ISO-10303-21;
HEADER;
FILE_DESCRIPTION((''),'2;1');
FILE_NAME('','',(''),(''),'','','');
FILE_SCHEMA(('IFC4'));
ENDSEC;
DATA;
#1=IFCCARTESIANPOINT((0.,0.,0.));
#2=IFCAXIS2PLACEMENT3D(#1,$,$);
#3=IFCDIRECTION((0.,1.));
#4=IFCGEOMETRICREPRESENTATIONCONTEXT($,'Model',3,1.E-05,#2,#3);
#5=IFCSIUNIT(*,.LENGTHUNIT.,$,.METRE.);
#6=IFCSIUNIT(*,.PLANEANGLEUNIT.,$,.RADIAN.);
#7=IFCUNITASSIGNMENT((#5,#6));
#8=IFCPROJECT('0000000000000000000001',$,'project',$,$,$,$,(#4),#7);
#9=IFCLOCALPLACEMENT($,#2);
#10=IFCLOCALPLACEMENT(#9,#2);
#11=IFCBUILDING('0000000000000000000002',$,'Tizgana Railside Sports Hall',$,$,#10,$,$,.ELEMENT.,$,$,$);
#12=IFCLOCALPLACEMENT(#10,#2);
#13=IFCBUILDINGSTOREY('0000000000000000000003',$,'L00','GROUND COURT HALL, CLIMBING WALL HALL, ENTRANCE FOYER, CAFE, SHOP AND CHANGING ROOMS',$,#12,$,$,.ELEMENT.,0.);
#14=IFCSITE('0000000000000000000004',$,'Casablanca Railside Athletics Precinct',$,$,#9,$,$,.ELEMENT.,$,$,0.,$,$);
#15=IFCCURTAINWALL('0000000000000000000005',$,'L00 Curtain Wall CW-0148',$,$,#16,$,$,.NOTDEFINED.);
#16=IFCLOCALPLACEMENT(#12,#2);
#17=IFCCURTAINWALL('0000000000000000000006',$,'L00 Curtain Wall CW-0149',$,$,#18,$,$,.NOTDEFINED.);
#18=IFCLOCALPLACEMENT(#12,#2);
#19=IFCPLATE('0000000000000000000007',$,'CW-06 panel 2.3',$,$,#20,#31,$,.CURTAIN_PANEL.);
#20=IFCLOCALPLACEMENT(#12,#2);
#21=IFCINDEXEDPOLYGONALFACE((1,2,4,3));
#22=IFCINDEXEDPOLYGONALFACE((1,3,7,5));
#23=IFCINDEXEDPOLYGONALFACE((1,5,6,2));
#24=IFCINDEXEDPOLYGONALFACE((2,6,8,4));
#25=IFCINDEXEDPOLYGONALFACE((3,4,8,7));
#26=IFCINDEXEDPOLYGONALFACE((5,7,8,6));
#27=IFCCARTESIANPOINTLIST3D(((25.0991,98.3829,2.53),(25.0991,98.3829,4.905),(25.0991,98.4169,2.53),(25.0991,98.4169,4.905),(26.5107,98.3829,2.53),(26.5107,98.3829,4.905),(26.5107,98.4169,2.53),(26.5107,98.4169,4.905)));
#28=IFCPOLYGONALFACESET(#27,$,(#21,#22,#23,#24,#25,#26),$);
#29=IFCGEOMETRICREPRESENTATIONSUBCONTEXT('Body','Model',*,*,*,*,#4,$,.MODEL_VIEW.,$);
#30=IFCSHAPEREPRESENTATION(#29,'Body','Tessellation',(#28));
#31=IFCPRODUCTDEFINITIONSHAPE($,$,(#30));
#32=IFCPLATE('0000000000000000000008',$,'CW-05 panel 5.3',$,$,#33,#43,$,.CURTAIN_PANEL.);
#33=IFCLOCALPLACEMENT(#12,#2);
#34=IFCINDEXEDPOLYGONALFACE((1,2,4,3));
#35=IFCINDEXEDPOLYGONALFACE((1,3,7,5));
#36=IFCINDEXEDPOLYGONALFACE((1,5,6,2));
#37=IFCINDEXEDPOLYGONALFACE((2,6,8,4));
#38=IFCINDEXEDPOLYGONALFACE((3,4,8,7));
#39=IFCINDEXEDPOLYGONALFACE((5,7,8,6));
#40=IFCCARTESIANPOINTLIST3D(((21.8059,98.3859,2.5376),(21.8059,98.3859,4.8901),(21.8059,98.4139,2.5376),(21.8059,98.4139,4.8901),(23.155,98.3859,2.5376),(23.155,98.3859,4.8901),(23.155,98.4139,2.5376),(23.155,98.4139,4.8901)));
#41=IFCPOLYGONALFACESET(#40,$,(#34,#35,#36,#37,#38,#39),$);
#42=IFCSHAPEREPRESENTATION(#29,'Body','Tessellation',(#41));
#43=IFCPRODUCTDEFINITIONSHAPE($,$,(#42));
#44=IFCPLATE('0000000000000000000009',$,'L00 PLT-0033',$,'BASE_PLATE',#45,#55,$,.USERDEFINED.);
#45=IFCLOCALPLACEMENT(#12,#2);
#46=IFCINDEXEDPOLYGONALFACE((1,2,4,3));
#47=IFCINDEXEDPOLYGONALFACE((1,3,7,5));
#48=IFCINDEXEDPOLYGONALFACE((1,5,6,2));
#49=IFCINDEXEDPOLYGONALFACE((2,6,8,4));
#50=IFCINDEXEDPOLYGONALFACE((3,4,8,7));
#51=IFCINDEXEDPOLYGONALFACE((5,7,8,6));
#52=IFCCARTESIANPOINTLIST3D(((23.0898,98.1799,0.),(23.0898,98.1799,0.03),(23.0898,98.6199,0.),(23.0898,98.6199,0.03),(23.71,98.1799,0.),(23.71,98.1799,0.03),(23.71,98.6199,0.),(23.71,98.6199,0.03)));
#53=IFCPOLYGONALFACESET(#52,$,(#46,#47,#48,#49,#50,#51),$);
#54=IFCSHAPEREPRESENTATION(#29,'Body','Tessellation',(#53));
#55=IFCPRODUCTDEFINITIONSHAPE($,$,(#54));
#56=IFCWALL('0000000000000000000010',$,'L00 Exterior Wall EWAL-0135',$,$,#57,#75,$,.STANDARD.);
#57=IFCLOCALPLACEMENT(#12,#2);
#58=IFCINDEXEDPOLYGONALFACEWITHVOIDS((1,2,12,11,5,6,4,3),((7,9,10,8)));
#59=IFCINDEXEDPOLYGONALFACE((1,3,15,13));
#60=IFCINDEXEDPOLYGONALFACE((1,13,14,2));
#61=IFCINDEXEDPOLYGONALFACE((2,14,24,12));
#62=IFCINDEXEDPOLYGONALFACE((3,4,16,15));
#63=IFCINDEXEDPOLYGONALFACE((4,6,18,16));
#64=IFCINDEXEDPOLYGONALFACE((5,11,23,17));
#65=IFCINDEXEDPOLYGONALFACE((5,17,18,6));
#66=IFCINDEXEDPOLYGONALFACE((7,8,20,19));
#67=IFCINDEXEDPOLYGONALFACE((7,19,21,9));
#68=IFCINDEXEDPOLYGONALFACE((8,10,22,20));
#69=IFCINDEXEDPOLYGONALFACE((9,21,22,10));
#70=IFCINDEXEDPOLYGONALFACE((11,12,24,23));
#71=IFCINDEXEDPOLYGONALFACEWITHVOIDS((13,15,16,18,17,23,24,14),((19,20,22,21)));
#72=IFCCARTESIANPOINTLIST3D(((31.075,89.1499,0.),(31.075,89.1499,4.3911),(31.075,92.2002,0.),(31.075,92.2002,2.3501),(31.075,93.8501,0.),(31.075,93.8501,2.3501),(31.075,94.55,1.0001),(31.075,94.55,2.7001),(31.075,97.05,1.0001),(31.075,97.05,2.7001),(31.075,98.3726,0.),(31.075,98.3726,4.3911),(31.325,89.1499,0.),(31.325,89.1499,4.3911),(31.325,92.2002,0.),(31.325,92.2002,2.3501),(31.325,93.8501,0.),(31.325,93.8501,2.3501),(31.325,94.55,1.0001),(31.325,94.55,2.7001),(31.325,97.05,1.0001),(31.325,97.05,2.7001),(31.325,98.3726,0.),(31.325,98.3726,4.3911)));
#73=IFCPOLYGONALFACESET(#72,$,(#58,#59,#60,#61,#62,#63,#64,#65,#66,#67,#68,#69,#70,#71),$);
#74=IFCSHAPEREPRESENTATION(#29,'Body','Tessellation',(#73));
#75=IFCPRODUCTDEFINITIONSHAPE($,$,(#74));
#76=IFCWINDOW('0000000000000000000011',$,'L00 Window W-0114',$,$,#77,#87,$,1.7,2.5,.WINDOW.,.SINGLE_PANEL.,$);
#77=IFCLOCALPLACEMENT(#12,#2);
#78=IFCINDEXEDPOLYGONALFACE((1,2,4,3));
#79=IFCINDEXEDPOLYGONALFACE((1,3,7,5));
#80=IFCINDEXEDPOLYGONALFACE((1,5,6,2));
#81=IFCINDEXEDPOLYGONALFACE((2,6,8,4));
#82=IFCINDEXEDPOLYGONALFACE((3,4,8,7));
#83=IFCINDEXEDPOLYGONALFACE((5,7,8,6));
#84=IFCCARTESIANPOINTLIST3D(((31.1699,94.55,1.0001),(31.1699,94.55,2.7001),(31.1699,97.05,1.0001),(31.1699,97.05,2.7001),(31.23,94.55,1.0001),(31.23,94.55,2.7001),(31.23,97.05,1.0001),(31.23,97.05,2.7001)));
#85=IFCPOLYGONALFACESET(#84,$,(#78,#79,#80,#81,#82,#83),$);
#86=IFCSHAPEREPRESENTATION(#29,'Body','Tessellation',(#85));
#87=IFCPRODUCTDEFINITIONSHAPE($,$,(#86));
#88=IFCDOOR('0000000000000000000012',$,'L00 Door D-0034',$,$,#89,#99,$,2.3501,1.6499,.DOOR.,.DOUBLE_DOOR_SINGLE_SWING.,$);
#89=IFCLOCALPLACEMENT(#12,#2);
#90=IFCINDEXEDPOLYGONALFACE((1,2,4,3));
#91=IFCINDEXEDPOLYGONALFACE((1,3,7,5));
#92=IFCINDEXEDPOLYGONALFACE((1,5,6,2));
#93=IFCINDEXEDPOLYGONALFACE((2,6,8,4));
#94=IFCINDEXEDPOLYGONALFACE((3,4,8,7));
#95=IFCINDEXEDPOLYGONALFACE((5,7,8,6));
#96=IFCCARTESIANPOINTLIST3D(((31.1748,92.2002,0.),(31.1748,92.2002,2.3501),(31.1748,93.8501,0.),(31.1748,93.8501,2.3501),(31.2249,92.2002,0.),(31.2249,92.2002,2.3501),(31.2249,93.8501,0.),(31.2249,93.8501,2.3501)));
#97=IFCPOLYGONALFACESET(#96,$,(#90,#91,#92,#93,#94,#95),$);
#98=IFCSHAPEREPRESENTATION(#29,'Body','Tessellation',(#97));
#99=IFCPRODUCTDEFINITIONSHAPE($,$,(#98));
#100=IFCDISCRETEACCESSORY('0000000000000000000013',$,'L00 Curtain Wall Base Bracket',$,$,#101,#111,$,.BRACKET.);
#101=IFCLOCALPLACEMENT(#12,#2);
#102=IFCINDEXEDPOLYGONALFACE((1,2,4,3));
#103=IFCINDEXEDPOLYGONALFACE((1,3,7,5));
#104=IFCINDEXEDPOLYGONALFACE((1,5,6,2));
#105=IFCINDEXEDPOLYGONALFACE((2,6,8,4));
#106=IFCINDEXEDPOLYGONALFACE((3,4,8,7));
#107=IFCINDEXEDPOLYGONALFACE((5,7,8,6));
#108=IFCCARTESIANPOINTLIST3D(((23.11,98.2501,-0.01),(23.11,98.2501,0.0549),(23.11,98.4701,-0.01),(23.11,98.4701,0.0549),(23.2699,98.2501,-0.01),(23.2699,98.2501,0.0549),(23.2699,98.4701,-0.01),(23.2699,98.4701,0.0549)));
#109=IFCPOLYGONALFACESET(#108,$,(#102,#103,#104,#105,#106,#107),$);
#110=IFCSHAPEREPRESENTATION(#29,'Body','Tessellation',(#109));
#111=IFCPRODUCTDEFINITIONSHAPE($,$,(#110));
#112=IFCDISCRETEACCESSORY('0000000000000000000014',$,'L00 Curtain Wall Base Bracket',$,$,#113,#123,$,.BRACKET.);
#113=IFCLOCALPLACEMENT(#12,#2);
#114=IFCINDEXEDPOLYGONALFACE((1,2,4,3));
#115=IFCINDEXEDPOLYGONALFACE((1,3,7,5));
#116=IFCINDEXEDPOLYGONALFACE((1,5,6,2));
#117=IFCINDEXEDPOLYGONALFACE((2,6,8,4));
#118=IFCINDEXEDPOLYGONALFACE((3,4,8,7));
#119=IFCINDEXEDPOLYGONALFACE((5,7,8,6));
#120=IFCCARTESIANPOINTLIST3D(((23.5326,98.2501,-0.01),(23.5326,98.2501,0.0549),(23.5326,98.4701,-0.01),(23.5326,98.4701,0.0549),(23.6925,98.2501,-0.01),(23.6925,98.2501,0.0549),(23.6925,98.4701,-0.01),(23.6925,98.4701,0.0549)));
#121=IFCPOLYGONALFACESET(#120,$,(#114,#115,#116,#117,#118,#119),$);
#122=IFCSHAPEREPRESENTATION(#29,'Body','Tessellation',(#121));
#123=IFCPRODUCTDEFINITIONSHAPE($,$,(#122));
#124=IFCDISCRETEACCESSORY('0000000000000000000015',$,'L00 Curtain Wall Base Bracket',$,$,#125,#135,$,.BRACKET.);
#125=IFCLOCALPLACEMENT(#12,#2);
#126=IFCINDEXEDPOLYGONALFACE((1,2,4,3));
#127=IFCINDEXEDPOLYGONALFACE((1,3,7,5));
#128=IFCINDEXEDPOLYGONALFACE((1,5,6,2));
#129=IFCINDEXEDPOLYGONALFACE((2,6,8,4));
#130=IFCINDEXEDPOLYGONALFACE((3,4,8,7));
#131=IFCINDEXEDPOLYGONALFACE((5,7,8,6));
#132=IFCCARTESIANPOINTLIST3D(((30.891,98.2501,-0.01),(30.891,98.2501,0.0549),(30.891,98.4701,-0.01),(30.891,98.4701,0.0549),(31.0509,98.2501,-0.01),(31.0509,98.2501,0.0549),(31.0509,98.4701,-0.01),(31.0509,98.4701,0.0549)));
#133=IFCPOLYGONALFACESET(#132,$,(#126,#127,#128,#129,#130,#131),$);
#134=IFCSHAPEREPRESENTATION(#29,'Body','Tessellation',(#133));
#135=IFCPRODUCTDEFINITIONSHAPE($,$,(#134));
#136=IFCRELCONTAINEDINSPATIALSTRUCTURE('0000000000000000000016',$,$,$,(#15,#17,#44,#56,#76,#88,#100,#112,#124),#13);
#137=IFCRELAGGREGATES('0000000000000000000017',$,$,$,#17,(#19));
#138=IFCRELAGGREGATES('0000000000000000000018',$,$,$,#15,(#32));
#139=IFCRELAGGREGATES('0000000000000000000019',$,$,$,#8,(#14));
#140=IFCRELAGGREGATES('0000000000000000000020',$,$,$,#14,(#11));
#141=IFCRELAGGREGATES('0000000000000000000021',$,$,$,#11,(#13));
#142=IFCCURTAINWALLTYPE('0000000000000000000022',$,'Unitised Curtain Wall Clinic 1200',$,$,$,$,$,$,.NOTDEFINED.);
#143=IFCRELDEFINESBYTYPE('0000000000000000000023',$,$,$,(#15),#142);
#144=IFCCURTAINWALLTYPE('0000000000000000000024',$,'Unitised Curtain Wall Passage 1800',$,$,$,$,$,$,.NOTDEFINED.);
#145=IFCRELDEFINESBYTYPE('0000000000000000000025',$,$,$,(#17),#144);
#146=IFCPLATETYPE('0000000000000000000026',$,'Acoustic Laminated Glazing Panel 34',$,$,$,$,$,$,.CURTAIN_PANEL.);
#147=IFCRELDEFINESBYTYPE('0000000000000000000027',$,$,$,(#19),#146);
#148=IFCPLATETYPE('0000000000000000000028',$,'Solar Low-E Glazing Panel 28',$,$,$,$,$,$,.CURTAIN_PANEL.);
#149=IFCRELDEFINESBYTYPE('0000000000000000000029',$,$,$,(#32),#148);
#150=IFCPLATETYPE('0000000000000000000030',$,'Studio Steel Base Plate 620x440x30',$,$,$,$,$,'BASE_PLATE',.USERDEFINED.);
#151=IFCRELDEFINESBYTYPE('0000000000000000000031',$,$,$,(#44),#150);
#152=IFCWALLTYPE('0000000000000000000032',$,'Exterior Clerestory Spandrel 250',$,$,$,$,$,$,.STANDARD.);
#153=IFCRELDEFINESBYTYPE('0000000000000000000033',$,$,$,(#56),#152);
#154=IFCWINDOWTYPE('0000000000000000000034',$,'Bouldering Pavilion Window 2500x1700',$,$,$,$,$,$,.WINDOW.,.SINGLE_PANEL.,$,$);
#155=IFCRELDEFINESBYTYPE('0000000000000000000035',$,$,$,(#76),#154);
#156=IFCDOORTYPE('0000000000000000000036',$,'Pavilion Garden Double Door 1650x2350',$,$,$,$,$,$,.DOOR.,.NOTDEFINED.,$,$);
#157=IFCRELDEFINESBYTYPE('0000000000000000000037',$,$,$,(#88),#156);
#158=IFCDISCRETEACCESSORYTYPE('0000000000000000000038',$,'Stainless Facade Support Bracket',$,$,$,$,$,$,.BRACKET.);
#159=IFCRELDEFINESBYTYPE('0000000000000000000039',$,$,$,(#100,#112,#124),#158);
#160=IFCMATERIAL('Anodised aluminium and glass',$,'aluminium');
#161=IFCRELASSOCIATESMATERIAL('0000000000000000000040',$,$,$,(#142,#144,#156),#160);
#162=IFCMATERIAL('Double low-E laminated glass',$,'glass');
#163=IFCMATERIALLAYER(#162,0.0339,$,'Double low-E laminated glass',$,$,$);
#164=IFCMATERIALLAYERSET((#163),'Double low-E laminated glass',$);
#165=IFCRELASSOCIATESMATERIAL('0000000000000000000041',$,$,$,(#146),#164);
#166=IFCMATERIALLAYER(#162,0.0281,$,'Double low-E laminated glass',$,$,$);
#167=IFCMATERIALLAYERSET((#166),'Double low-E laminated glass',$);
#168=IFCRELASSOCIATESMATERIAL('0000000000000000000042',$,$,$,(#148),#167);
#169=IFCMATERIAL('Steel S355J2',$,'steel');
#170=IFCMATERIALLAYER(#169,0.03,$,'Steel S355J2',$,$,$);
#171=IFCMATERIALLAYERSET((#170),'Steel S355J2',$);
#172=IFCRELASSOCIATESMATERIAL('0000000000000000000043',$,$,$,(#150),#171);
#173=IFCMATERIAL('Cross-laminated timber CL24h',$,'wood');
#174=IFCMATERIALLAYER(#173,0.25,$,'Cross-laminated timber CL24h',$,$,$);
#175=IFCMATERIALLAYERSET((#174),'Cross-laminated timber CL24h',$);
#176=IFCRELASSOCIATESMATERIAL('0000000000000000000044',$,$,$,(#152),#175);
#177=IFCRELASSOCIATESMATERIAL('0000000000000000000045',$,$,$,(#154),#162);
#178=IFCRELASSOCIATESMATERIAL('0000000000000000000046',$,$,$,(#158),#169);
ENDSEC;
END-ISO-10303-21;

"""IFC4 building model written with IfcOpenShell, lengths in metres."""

from ifc_helpers import new_model, si_unit, direction, frame, frame_2d, origin, origin_2d, place, context, subcontext, project, spatial, rectangle, extrude, material, layer, layer_set, type_object, element, fill, aggregate, save


model = new_model("IFC4")

# Units and contexts
model_context = context("Model", 3, precision=1e-05, world=origin(), true_north=direction((0.0, 1.0)))
body_context = subcontext(model_context, "Body", "Model", "MODEL_VIEW")
ifc_project = project(units=[si_unit("LENGTHUNIT", "METRE"), si_unit("PLANEANGLEUNIT", "RADIAN")], contexts=[model_context])

# Site, building, storey
site_placement = place(None, origin())
site = spatial("IfcSite", under=ifc_project, at=site_placement, Name="Casablanca Railside Athletics Precinct", CompositionType="ELEMENT", RefElevation=0.0)
building_placement = place(site_placement, origin())
building = spatial("IfcBuilding", under=site, at=building_placement, Name="Tizgana Railside Sports Hall", CompositionType="ELEMENT")
storey_placement = place(building_placement, origin())
storey = spatial("IfcBuildingStorey", under=building, at=storey_placement, Name="L00", Description="GROUND COURT HALL, CLIMBING WALL HALL, ENTRANCE FOYER, CAFE, SHOP AND CHANGING ROOMS", CompositionType="ELEMENT", Elevation=0.0)

# Shared definitions
ifc_material_1 = material(Name="Steel S355J2", Category="steel")

# Curtain wall
ifc_material_2 = material(Name="Anodised aluminium and glass", Category="aluminium")
curtain_wall_type_1 = type_object("IfcCurtainWallType", Name="Unitised Curtain Wall Clinic 1200", PredefinedType="NOTDEFINED", material=ifc_material_2)
curtain_wall_1_placement = place(storey_placement, origin())
curtain_wall_1 = element("IfcCurtainWall", 1, at=curtain_wall_1_placement, inside=storey, type_object=curtain_wall_type_1, Name="L00 Curtain Wall CW-0148", PredefinedType="NOTDEFINED")

# Curtain wall
curtain_wall_type_2 = type_object("IfcCurtainWallType", Name="Unitised Curtain Wall Passage 1800", PredefinedType="NOTDEFINED", material=ifc_material_2)
curtain_wall_2_placement = place(storey_placement, origin())
curtain_wall_2 = element("IfcCurtainWall", 2, at=curtain_wall_2_placement, inside=storey, type_object=curtain_wall_type_2, Name="L00 Curtain Wall CW-0149", PredefinedType="NOTDEFINED")

# Plates
ifc_material_3 = material(Name="Double low-E laminated glass", Category="glass")
ifc_layer_1 = layer(ifc_material_3, 0.0339, Name="Double low-E laminated glass")
ifc_layer_set_1 = layer_set([ifc_layer_1], Name="Double low-E laminated glass")
plate_type_1 = type_object("IfcPlateType", Name="Acoustic Laminated Glazing Panel 34", PredefinedType="CURTAIN_PANEL", material=ifc_layer_set_1)
plate_1_placement = place(storey_placement, frame((25.8049, 98.3999, 2.53), z_axis=(0.0, 0.0, 1.0), x_axis=(1.0, 0.0, 0.0)))
plate_1 = element("IfcPlate", 3, at=plate_1_placement, type_object=plate_type_1, Name="CW-06 panel 2.3", PredefinedType="CURTAIN_PANEL", context=body_context, shape_type="SweptSolid", body=[
    extrude(rectangle(XDim=1.4116, YDim=0.0339, at=origin_2d()), origin(), (0.0, 0.0, 1.0), 2.375),
])
aggregate(curtain_wall_2, [plate_1])
ifc_layer_2 = layer(ifc_material_3, 0.0281, Name="Double low-E laminated glass")
ifc_layer_set_2 = layer_set([ifc_layer_2], Name="Double low-E laminated glass")
plate_type_2 = type_object("IfcPlateType", Name="Solar Low-E Glazing Panel 28", PredefinedType="CURTAIN_PANEL", material=ifc_layer_set_2)
plate_2_placement = place(storey_placement, frame((22.4805, 98.3999, 2.5376), z_axis=(0.0, 0.0, 1.0), x_axis=(1.0, 0.0, 0.0)))
plate_2 = element("IfcPlate", 4, at=plate_2_placement, type_object=plate_type_2, Name="CW-05 panel 5.3", PredefinedType="CURTAIN_PANEL", context=body_context, shape_type="SweptSolid", body=[
    extrude(rectangle(XDim=1.3491, YDim=0.0281, at=origin_2d()), origin(), (0.0, 0.0, 1.0), 2.3525),
])
aggregate(curtain_wall_1, [plate_2])
ifc_layer_3 = layer(ifc_material_1, 0.03, Name="Steel S355J2")
ifc_layer_set_3 = layer_set([ifc_layer_3], Name="Steel S355J2")
plate_type_3 = type_object("IfcPlateType", Name="Studio Steel Base Plate 620x440x30", ElementType="BASE_PLATE", PredefinedType="USERDEFINED", material=ifc_layer_set_3)
plate_3_placement = place(storey_placement, frame((23.3999, 98.3999, 0.0), z_axis=(0.0, 0.0, 1.0), x_axis=(1.0, 0.0, 0.0)))
element("IfcPlate", 5, at=plate_3_placement, inside=storey, type_object=plate_type_3, Name="L00 PLT-0033", ObjectType="BASE_PLATE", PredefinedType="USERDEFINED", context=body_context, shape_type="SweptSolid", body=[
    extrude(rectangle(XDim=0.6201, YDim=0.4399, at=origin_2d()), origin(), (0.0, 0.0, 1.0), 0.03),
])

# Wall, openings, window, door
ifc_material_4 = material(Name="Cross-laminated timber CL24h", Category="wood")
ifc_layer_4 = layer(ifc_material_4, 0.25, Name="Cross-laminated timber CL24h")
ifc_layer_set_4 = layer_set([ifc_layer_4], Name="Cross-laminated timber CL24h")
wall_type = type_object("IfcWallType", Name="Exterior Clerestory Spandrel 250", PredefinedType="STANDARD", material=ifc_layer_set_4)
wall_placement = place(storey_placement, frame((31.2, 98.3726, 0.0), z_axis=(0.0, 0.0, 1.0), x_axis=(0.0, -1.0, 0.0)))
wall = element("IfcWall", 6, at=wall_placement, inside=storey, type_object=wall_type, Name="L00 Exterior Wall EWAL-0135", PredefinedType="STANDARD", context=body_context, shape_type="SweptSolid", body=[
    extrude(rectangle(XDim=9.2227, YDim=0.25, at=frame_2d((4.6113, 0.0))), origin(), (0.0, 0.0, 1.0), 4.3911),
])
opening_1_placement = place(wall_placement, frame((4.5225, 0.0, 0.0)))
opening_1 = element("IfcOpeningElement", 7, at=opening_1_placement, cuts=wall, PredefinedType="OPENING", context=body_context, shape_type="SweptSolid", body=[
    extrude(rectangle(XDim=1.6499, YDim=2.3501, at=frame_2d((0.825, 1.175))), frame((0.0, 0.135, 0.0), z_axis=(0.0, -1.0, 0.0), x_axis=(1.0, 0.0, 0.0)), (0.0, 0.0, 1.0), 0.27),
])
opening_2_placement = place(wall_placement, frame((1.3225, 0.0, 1.0)))
opening_2 = element("IfcOpeningElement", 8, at=opening_2_placement, cuts=wall, PredefinedType="OPENING", context=body_context, shape_type="SweptSolid", body=[
    extrude(rectangle(XDim=2.5, YDim=1.7, at=frame_2d((1.25, 0.8501))), frame((0.0, 0.135, 0.0), z_axis=(0.0, -1.0, 0.0), x_axis=(1.0, 0.0, 0.0)), (0.0, 0.0, 1.0), 0.27),
])
window_type = type_object("IfcWindowType", Name="Bouldering Pavilion Window 2500x1700", PartitioningType="SINGLE_PANEL", PredefinedType="WINDOW", material=ifc_material_3)
window_placement = place(opening_2_placement, origin())
window = element("IfcWindow", 9, at=window_placement, inside=storey, type_object=window_type, Name="L00 Window W-0114", OverallHeight=1.7, OverallWidth=2.5, PartitioningType="SINGLE_PANEL", PredefinedType="WINDOW", context=body_context, shape_type="SweptSolid", body=[
    extrude(rectangle(XDim=2.5, YDim=1.7, at=frame_2d((1.25, 0.8501))), frame((0.0, 0.03, 0.0), z_axis=(0.0, -1.0, 0.0), x_axis=(1.0, 0.0, 0.0)), (0.0, 0.0, 1.0), 0.0601),
])
fill(opening_2, window)
door_type = type_object("IfcDoorType", Name="Pavilion Garden Double Door 1650x2350", OperationType="NOTDEFINED", PredefinedType="DOOR", material=ifc_material_2)
door_placement = place(opening_1_placement, origin())
door = element("IfcDoor", 10, at=door_placement, inside=storey, type_object=door_type, Name="L00 Door D-0034", OperationType="DOUBLE_DOOR_SINGLE_SWING", OverallHeight=2.3501, OverallWidth=1.6499, PredefinedType="DOOR", context=body_context, shape_type="SweptSolid", body=[
    extrude(rectangle(XDim=1.6499, YDim=2.3501, at=frame_2d((0.825, 1.175))), frame((0.0, 0.0249, 0.0), z_axis=(0.0, -1.0, 0.0), x_axis=(1.0, 0.0, 0.0)), (0.0, 0.0, 1.0), 0.05),
])
fill(opening_1, door)

# Discrete accessories
discrete_accessory_type = type_object("IfcDiscreteAccessoryType", Name="Stainless Facade Support Bracket", PredefinedType="BRACKET", material=ifc_material_1)
for number, where, z_axis, x_axis, name in (
    (11, (23.1899, 98.3601, -0.01), (0.0, 0.0, 1.0), (1.0, 0.0, 0.0), "L00 Curtain Wall Base Bracket"),
    (12, (23.6125, 98.3601, -0.01), (0.0, 0.0, 1.0), (1.0, 0.0, 0.0), "L00 Curtain Wall Base Bracket"),
    (13, (30.9709, 98.3601, -0.01), (0.0, 0.0, 1.0), (1.0, 0.0, 0.0), "L00 Curtain Wall Base Bracket"),
):
    element("IfcDiscreteAccessory", number, at=place(storey_placement, frame(where, z_axis=z_axis, x_axis=x_axis)), inside=storey, type_object=discrete_accessory_type, Name=name, PredefinedType="BRACKET", context=body_context, shape_type="SweptSolid", body=[
        extrude(rectangle(XDim=0.1599, YDim=0.22, at=origin_2d()), origin(), (0.0, 0.0, 1.0), 0.0649),
    ])

save(model, "model.ifc")
